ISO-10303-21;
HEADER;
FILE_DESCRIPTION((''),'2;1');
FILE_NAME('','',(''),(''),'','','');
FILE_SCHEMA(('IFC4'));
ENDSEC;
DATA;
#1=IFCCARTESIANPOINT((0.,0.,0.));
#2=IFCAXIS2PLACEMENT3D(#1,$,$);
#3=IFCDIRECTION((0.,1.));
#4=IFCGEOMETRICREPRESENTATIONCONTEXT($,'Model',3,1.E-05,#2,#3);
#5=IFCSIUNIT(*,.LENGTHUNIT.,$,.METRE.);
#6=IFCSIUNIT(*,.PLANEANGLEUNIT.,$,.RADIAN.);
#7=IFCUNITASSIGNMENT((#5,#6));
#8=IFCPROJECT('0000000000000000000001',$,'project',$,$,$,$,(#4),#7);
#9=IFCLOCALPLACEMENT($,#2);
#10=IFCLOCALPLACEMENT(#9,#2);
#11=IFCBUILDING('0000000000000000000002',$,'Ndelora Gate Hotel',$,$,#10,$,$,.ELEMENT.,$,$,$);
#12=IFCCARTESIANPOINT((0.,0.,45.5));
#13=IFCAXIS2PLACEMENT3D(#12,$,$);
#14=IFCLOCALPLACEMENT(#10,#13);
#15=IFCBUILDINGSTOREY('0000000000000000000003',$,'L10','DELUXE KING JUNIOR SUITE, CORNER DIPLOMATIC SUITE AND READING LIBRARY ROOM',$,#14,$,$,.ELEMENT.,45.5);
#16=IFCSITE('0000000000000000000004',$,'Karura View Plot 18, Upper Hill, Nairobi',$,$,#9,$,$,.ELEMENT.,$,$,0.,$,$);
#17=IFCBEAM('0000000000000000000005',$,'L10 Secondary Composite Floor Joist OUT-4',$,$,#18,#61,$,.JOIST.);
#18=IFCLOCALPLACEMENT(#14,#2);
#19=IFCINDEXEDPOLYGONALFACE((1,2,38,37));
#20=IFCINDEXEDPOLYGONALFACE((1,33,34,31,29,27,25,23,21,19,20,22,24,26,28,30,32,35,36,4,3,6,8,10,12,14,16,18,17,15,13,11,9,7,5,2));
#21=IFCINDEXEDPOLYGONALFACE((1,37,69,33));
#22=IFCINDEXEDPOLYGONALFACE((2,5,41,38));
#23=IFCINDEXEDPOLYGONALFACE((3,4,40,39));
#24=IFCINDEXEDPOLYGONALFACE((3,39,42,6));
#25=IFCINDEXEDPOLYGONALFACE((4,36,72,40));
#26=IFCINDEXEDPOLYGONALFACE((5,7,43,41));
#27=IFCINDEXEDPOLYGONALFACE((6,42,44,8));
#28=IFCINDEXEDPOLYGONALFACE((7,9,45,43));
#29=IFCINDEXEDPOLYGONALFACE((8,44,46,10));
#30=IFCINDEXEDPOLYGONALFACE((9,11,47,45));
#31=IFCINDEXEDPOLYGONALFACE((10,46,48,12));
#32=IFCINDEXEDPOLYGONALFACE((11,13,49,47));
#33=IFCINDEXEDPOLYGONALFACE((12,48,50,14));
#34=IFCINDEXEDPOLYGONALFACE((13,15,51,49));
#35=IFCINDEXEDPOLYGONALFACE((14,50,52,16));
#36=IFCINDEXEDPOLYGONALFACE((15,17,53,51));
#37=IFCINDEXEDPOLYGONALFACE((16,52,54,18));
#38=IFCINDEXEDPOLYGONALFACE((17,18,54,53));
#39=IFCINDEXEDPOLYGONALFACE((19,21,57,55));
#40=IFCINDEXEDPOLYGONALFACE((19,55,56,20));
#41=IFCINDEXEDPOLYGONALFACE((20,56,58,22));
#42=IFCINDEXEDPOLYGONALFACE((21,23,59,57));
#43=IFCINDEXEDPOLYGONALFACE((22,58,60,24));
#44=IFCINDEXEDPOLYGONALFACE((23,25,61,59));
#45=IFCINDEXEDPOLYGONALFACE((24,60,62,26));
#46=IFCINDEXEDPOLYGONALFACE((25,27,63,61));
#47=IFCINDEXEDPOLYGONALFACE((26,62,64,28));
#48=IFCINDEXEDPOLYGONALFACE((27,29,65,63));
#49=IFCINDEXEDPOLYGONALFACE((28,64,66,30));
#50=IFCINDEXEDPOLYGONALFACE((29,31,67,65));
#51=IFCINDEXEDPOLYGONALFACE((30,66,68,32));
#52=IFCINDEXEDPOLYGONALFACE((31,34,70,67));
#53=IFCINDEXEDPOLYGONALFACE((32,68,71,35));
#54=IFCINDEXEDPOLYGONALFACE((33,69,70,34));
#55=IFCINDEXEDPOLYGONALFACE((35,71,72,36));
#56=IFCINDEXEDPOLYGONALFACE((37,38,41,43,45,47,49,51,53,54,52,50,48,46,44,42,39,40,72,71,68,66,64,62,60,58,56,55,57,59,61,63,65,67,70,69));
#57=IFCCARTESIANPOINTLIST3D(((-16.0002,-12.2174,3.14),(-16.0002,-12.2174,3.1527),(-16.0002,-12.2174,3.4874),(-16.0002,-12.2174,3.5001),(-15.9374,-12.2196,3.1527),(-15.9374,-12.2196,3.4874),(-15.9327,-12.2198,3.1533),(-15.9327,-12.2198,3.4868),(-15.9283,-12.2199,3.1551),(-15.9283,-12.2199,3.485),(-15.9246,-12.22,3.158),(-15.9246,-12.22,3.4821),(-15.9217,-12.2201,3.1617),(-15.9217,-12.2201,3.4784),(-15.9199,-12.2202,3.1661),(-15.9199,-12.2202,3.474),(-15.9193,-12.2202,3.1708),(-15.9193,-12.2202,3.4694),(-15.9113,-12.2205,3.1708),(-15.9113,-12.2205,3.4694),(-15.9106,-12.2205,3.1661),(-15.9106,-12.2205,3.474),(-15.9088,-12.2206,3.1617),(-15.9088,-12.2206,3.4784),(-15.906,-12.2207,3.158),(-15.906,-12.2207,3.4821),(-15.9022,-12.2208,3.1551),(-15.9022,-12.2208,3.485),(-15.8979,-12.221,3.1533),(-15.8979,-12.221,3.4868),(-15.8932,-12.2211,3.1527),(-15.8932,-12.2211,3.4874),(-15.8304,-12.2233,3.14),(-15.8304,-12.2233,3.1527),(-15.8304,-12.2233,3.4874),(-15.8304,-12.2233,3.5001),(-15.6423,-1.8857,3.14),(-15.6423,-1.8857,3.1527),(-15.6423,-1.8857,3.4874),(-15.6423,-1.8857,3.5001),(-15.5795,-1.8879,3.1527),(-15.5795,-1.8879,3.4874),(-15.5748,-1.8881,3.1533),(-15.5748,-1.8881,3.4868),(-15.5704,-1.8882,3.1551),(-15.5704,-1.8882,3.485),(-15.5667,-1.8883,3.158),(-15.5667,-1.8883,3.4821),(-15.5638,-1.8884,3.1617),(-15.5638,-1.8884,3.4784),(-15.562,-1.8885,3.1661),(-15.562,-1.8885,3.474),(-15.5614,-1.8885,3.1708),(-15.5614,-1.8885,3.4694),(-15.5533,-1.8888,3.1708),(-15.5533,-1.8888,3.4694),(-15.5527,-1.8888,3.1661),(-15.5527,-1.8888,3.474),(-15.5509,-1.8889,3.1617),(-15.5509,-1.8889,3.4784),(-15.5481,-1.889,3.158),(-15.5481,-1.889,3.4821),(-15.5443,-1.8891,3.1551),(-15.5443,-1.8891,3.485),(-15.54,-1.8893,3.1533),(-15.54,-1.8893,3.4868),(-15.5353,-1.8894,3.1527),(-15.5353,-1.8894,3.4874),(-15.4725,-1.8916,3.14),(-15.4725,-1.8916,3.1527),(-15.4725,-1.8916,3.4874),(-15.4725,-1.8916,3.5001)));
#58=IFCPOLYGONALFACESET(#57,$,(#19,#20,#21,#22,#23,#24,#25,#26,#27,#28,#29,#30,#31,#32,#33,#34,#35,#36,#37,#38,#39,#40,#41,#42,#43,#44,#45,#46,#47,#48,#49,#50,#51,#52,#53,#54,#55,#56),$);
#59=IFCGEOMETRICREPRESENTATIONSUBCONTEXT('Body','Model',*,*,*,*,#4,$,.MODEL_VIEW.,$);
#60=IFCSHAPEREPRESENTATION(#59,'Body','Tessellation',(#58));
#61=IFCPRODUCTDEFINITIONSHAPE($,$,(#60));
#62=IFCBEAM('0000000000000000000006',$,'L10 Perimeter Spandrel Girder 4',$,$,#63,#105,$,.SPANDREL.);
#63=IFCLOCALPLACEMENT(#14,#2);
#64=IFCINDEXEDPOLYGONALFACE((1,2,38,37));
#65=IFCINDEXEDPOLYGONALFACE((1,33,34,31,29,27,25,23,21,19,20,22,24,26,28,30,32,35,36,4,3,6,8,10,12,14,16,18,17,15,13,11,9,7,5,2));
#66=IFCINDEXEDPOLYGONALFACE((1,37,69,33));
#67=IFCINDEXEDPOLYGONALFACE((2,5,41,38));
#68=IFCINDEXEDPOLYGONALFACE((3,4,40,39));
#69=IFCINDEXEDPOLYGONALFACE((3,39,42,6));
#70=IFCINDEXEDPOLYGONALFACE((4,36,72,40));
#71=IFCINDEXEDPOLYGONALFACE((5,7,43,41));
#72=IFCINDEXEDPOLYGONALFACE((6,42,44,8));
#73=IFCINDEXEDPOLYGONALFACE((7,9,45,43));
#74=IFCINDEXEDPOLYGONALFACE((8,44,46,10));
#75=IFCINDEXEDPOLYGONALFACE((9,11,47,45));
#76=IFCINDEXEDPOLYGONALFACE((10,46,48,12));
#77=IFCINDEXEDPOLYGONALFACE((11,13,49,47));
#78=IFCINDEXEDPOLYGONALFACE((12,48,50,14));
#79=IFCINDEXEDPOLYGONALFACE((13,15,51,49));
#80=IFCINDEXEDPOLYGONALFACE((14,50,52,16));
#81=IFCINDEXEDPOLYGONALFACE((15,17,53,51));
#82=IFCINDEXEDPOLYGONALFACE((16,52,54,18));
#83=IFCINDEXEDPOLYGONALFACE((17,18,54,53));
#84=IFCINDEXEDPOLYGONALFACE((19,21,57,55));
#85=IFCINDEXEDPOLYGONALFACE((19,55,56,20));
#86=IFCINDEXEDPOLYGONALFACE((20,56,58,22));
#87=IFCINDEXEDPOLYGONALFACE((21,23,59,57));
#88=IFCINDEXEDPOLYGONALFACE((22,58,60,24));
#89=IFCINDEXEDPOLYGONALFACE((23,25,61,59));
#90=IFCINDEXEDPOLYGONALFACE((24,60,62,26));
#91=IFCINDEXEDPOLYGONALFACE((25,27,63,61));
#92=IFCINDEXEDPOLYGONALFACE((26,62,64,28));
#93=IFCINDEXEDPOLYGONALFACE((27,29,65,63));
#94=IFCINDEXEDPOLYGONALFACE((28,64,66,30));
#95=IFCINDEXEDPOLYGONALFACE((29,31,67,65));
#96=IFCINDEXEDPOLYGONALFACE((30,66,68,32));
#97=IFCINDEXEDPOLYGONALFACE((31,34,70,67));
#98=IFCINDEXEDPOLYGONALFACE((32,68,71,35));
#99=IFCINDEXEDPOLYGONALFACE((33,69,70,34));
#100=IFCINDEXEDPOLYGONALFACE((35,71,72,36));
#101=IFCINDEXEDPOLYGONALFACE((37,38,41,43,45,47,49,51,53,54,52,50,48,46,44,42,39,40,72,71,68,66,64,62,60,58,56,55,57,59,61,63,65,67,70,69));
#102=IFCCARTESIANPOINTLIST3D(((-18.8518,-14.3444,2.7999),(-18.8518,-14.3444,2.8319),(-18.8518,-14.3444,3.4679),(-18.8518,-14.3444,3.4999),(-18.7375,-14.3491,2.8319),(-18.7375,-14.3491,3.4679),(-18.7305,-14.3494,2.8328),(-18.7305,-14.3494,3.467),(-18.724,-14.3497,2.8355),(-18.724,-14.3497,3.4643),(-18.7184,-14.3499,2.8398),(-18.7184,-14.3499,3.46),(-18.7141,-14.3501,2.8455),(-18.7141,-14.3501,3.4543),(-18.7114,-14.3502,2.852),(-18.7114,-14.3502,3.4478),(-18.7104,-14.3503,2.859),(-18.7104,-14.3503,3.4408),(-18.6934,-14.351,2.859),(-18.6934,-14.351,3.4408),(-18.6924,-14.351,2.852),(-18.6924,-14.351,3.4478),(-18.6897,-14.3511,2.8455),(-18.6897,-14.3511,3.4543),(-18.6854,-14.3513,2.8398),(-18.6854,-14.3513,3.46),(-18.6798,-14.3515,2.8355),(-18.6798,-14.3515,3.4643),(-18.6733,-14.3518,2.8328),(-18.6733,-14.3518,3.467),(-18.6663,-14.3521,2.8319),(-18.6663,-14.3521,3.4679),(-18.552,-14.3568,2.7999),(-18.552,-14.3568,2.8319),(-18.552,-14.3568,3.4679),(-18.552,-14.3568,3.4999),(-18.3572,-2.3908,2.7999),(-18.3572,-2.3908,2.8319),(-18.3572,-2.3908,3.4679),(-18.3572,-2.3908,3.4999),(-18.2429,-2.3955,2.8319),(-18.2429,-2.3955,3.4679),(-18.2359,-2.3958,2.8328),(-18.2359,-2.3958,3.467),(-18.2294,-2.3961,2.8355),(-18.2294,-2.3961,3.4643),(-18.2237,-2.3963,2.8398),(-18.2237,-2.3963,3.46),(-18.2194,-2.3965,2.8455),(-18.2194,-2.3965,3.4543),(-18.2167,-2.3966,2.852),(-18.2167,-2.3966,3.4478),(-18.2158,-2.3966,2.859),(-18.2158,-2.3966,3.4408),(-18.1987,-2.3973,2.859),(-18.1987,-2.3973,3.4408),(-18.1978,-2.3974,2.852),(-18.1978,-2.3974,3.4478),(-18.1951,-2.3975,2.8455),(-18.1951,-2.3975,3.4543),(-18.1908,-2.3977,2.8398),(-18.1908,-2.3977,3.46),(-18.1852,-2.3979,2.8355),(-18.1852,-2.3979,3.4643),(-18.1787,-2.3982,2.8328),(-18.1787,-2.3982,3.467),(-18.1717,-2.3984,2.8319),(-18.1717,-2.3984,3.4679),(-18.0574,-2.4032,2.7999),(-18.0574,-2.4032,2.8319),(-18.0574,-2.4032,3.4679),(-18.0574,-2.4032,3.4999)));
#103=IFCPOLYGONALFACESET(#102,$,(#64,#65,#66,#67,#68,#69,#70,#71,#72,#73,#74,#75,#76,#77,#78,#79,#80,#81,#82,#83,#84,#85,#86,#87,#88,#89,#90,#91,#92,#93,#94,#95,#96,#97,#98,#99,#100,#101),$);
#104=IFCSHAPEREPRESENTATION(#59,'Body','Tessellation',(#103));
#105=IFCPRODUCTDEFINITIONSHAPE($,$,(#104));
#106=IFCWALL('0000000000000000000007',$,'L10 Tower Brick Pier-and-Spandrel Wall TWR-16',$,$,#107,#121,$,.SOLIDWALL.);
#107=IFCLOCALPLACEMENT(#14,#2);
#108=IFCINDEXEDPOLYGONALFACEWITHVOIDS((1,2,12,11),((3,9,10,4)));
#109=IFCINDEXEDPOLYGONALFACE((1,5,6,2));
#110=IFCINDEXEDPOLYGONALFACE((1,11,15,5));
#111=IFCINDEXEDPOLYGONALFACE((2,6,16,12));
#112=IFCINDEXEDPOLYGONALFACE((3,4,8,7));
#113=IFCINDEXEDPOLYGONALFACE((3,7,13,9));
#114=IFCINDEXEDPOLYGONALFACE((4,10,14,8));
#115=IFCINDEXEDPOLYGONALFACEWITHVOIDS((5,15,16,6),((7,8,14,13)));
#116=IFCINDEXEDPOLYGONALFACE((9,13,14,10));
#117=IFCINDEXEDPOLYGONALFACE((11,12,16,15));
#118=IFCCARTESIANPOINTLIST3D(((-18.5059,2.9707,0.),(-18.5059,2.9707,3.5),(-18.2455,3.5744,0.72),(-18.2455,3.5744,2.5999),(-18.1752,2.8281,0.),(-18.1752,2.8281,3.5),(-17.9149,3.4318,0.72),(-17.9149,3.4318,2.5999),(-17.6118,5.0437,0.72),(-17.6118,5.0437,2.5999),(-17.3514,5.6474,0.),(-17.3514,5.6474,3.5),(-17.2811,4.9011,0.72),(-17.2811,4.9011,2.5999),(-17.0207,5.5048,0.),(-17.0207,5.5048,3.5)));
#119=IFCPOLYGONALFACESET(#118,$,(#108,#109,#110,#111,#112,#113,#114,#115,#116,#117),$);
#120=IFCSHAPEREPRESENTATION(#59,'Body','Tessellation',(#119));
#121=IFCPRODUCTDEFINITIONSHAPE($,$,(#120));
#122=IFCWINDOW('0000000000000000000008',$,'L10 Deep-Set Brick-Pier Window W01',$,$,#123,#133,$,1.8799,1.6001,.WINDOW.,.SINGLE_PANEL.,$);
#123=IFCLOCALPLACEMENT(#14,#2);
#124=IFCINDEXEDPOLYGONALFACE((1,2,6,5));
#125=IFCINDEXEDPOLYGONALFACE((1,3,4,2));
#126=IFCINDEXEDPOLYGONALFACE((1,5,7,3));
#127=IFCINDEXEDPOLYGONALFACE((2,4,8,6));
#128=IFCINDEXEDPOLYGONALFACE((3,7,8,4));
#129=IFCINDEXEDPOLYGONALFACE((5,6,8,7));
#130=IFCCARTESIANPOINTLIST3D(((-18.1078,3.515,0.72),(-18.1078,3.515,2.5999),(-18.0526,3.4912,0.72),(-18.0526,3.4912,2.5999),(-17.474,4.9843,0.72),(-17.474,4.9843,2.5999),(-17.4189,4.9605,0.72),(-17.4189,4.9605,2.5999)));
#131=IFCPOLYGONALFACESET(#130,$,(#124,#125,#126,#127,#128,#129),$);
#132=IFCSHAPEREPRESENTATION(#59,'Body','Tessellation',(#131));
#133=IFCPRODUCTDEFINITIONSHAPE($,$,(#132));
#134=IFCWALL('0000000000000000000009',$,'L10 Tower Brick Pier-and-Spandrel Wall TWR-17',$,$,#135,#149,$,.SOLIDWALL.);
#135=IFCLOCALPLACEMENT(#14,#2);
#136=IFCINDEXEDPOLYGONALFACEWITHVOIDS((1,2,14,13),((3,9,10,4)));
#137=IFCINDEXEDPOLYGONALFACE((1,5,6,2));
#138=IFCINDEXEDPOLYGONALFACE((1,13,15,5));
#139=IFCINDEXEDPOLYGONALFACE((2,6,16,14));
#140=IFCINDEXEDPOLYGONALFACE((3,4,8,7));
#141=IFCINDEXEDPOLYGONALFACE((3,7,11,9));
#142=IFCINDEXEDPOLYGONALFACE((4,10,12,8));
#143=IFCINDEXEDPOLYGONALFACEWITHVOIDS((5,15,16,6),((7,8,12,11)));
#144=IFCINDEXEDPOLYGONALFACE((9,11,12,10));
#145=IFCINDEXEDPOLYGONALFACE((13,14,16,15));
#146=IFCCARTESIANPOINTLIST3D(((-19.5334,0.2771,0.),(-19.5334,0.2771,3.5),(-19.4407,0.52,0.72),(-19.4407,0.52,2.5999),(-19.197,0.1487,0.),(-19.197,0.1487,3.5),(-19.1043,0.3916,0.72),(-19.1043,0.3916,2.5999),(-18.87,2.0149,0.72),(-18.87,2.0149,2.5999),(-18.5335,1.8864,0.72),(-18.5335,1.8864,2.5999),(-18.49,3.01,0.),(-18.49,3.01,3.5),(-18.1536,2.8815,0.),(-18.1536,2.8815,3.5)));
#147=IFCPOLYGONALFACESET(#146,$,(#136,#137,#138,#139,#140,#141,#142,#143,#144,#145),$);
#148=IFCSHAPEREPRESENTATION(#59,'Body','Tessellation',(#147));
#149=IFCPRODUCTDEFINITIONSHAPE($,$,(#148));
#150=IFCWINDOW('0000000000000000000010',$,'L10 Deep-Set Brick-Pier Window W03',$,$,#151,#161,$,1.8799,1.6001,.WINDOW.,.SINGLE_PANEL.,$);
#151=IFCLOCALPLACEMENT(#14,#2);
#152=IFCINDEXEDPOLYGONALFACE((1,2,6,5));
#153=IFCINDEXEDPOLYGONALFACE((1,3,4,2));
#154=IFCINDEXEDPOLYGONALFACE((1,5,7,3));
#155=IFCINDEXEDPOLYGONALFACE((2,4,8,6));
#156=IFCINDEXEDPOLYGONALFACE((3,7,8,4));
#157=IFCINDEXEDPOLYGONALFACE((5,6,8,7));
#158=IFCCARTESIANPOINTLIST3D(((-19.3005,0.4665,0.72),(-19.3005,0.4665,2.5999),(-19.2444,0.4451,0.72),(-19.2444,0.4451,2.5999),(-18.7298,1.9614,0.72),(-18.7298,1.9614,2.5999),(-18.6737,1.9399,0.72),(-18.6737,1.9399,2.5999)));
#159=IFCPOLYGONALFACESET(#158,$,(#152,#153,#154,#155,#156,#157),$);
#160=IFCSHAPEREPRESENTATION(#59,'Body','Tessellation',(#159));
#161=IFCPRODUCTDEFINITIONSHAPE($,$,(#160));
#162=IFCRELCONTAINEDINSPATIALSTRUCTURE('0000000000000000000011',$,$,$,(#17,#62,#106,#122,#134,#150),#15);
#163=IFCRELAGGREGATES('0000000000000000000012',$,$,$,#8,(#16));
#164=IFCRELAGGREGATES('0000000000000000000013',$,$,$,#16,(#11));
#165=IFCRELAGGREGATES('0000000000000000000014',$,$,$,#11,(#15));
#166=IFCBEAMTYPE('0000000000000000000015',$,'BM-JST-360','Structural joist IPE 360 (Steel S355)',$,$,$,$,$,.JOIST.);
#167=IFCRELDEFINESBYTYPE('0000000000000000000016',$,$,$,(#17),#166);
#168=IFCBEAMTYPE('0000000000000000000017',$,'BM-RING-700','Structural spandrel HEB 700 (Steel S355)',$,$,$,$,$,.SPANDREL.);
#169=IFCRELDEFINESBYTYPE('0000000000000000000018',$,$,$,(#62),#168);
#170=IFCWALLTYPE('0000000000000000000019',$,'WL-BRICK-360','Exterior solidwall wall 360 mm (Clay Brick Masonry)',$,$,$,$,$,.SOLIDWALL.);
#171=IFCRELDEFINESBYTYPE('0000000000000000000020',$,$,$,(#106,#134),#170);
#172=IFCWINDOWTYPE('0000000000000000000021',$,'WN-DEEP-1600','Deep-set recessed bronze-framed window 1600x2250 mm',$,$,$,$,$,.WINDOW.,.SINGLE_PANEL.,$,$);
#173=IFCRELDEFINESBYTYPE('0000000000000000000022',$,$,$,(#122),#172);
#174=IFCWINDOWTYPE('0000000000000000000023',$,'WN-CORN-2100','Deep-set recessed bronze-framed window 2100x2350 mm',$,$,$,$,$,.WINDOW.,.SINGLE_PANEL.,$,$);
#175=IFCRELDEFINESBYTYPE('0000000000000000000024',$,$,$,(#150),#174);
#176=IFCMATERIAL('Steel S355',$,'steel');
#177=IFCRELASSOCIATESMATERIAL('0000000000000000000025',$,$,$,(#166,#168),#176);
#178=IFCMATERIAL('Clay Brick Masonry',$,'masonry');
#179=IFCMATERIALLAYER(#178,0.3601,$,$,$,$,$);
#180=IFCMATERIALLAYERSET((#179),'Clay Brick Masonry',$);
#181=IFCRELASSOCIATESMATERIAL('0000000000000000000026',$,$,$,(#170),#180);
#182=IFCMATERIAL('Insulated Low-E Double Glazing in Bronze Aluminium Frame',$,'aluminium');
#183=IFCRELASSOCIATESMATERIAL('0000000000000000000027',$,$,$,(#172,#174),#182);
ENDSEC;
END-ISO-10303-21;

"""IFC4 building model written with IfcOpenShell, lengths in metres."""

from ifc_helpers import new_model, si_unit, direction, frame, frame_2d, origin, origin_2d, place, context, subcontext, project, spatial, rectangle, i_section, extrude, material, layer, layer_set, material_profile, profile_set, type_object, element, fill, save


model = new_model("IFC4")

# Units and contexts
model_context = context("Model", 3, precision=1e-05, world=origin(), true_north=direction((0.0, 1.0)))
body_context = subcontext(model_context, "Body", "Model", "MODEL_VIEW")
ifc_project = project(units=[si_unit("LENGTHUNIT", "METRE"), si_unit("PLANEANGLEUNIT", "RADIAN")], contexts=[model_context])

# Site, building, storey
site_placement = place(None, origin())
site = spatial("IfcSite", under=ifc_project, at=site_placement, Name="Karura View Plot 18, Upper Hill, Nairobi", CompositionType="ELEMENT", RefElevation=0.0)
building_placement = place(site_placement, origin())
building = spatial("IfcBuilding", under=site, at=building_placement, Name="Ndelora Gate Hotel", CompositionType="ELEMENT")
storey_placement = place(building_placement, frame((0.0, 0.0, 45.5)))
storey = spatial("IfcBuildingStorey", under=building, at=storey_placement, Name="L10", Description="DELUXE KING JUNIOR SUITE, CORNER DIPLOMATIC SUITE AND READING LIBRARY ROOM", CompositionType="ELEMENT", Elevation=45.5)

# Beams
ifc_material_1 = material(Name="Steel S355", Category="steel")
ifc_material_profile_1 = material_profile(ifc_material_1, i_section(OverallWidth=0.1699, OverallDepth=0.3601, WebThickness=0.0081, FlangeThickness=0.0127, FilletRadius=0.0181, at=origin_2d()), Name="IPE 360")
ifc_profile_set_1 = profile_set([ifc_material_profile_1], Name="Steel S355")
beam_type_1 = type_object("IfcBeamType", Name="BM-JST-360", Description="Structural joist IPE 360 (Steel S355)", PredefinedType="JOIST", material=ifc_profile_set_1)
beam_1_placement = place(storey_placement, frame((-15.5574, -1.8887, 3.3201), z_axis=(-0.034621, -0.999401, 0.0), x_axis=(0.999401, -0.034621, 0.0)))
element("IfcBeam", 1, at=beam_1_placement, inside=storey, type_object=beam_type_1, Name="L10 Secondary Composite Floor Joist OUT-4", PredefinedType="JOIST", context=body_context, shape_type="SweptSolid", body=[
    extrude(i_section(OverallWidth=0.1699, OverallDepth=0.3601, WebThickness=0.0081, FlangeThickness=0.0127, FilletRadius=0.0181, at=origin_2d()), origin(), (0.0, 0.0, 1.0), 10.3379),
])
ifc_material_profile_2 = material_profile(ifc_material_1, i_section(OverallWidth=0.3, OverallDepth=0.7, WebThickness=0.0171, FlangeThickness=0.032, FilletRadius=0.0271, at=origin_2d()), Name="HEB 700")
ifc_profile_set_2 = profile_set([ifc_material_profile_2], Name="Steel S355")
beam_type_2 = type_object("IfcBeamType", Name="BM-RING-700", Description="Structural spandrel HEB 700 (Steel S355)", PredefinedType="SPANDREL", material=ifc_profile_set_2)
beam_2_placement = place(storey_placement, frame((-18.2073, -2.397, 3.1499), z_axis=(-0.041344, -0.999145, 0.0), x_axis=(0.999145, -0.041344, 0.0)))
element("IfcBeam", 2, at=beam_2_placement, inside=storey, type_object=beam_type_2, Name="L10 Perimeter Spandrel Girder 4", PredefinedType="SPANDREL", context=body_context, shape_type="SweptSolid", body=[
    extrude(i_section(OverallWidth=0.3, OverallDepth=0.7, WebThickness=0.0171, FlangeThickness=0.032, FilletRadius=0.0271, at=origin_2d()), origin(), (0.0, 0.0, 1.0), 11.9639),
])

# Walls, openings, windows
ifc_material_2 = material(Name="Clay Brick Masonry", Category="masonry")
ifc_layer_1 = layer(ifc_material_2, 0.3601)
ifc_layer_set_1 = layer_set([ifc_layer_1], Name="Clay Brick Masonry")
wall_type_1 = type_object("IfcWallType", Name="WL-BRICK-360", Description="Exterior solidwall wall 360 mm (Clay Brick Masonry)", PredefinedType="SOLIDWALL", material=ifc_layer_set_1)
wall_1_placement = place(storey_placement, frame((-18.3406, 2.8994, 0.0), z_axis=(0.0, 0.0, 1.0), x_axis=(0.396051, 0.918229, 0.0)))
wall_1 = element("IfcWall", 3, at=wall_1_placement, inside=storey, type_object=wall_type_1, Name="L10 Tower Brick Pier-and-Spandrel Wall TWR-16", PredefinedType="SOLIDWALL", context=body_context, shape_type="SweptSolid", body=[
    extrude(rectangle(XDim=2.915, YDim=0.3601, at=frame_2d((1.4575, 0.0))), origin(), (0.0, 0.0, 1.0), 3.5),
])
opening_1_placement = place(wall_1_placement, frame((0.6575, 0.0, 0.72)))
opening_1 = element("IfcOpeningElement", 4, at=opening_1_placement, cuts=wall_1, PredefinedType="OPENING", context=body_context, shape_type="SweptSolid", body=[
    extrude(rectangle(XDim=1.6001, YDim=1.8799, at=frame_2d((0.8, 0.9399))), frame((0.0, 0.1899, 0.0), z_axis=(0.0, -1.0, 0.0), x_axis=(1.0, 0.0, 0.0)), (0.0, 0.0, 1.0), 0.3801),
])
ifc_material_3 = material(Name="Insulated Low-E Double Glazing in Bronze Aluminium Frame", Category="aluminium")
window_type_1 = type_object("IfcWindowType", Name="WN-DEEP-1600", Description="Deep-set recessed bronze-framed window 1600x2250 mm", PartitioningType="SINGLE_PANEL", PredefinedType="WINDOW", material=ifc_material_3)
window_1_placement = place(opening_1_placement, origin())
window_1 = element("IfcWindow", 5, at=window_1_placement, inside=storey, type_object=window_type_1, Name="L10 Deep-Set Brick-Pier Window W01", OverallHeight=1.8799, OverallWidth=1.6001, PartitioningType="SINGLE_PANEL", PredefinedType="WINDOW", context=body_context, shape_type="SweptSolid", body=[
    extrude(rectangle(XDim=1.6001, YDim=1.8799, at=frame_2d((0.8, 0.9399))), frame((0.0, 0.03, 0.0), z_axis=(0.0, -1.0, 0.0), x_axis=(1.0, 0.0, 0.0)), (0.0, 0.0, 1.0), 0.0601),
])
fill(opening_1, window_1)
wall_2_placement = place(storey_placement, frame((-19.3652, 0.2129, 0.0), z_axis=(0.0, 0.0, 1.0), x_axis=(0.356696, 0.93422, 0.0)))
wall_2 = element("IfcWall", 6, at=wall_2_placement, inside=storey, type_object=wall_type_1, Name="L10 Tower Brick Pier-and-Spandrel Wall TWR-17", PredefinedType="SOLIDWALL", context=body_context, shape_type="SweptSolid", body=[
    extrude(rectangle(XDim=2.9253, YDim=0.3601, at=frame_2d((1.4626, 0.0))), origin(), (0.0, 0.0, 1.0), 3.5),
])
opening_2_placement = place(wall_2_placement, frame((0.26, 0.0, 0.72)))
opening_2 = element("IfcOpeningElement", 7, at=opening_2_placement, cuts=wall_2, PredefinedType="OPENING", context=body_context, shape_type="SweptSolid", body=[
    extrude(rectangle(XDim=1.6001, YDim=1.8799, at=frame_2d((0.8, 0.9399))), frame((0.0, 0.1899, 0.0), z_axis=(0.0, -1.0, 0.0), x_axis=(1.0, 0.0, 0.0)), (0.0, 0.0, 1.0), 0.3801),
])
window_type_2 = type_object("IfcWindowType", Name="WN-CORN-2100", Description="Deep-set recessed bronze-framed window 2100x2350 mm", PartitioningType="SINGLE_PANEL", PredefinedType="WINDOW", material=ifc_material_3)
window_2_placement = place(opening_2_placement, origin())
window_2 = element("IfcWindow", 8, at=window_2_placement, inside=storey, type_object=window_type_2, Name="L10 Deep-Set Brick-Pier Window W03", OverallHeight=1.8799, OverallWidth=1.6001, PartitioningType="SINGLE_PANEL", PredefinedType="WINDOW", context=body_context, shape_type="SweptSolid", body=[
    extrude(rectangle(XDim=1.6001, YDim=1.8799, at=frame_2d((0.8, 0.9399))), frame((0.0, 0.03, 0.0), z_axis=(0.0, -1.0, 0.0), x_axis=(1.0, 0.0, 0.0)), (0.0, 0.0, 1.0), 0.0601),
])
fill(opening_2, window_2)

save(model, "model.ifc")
